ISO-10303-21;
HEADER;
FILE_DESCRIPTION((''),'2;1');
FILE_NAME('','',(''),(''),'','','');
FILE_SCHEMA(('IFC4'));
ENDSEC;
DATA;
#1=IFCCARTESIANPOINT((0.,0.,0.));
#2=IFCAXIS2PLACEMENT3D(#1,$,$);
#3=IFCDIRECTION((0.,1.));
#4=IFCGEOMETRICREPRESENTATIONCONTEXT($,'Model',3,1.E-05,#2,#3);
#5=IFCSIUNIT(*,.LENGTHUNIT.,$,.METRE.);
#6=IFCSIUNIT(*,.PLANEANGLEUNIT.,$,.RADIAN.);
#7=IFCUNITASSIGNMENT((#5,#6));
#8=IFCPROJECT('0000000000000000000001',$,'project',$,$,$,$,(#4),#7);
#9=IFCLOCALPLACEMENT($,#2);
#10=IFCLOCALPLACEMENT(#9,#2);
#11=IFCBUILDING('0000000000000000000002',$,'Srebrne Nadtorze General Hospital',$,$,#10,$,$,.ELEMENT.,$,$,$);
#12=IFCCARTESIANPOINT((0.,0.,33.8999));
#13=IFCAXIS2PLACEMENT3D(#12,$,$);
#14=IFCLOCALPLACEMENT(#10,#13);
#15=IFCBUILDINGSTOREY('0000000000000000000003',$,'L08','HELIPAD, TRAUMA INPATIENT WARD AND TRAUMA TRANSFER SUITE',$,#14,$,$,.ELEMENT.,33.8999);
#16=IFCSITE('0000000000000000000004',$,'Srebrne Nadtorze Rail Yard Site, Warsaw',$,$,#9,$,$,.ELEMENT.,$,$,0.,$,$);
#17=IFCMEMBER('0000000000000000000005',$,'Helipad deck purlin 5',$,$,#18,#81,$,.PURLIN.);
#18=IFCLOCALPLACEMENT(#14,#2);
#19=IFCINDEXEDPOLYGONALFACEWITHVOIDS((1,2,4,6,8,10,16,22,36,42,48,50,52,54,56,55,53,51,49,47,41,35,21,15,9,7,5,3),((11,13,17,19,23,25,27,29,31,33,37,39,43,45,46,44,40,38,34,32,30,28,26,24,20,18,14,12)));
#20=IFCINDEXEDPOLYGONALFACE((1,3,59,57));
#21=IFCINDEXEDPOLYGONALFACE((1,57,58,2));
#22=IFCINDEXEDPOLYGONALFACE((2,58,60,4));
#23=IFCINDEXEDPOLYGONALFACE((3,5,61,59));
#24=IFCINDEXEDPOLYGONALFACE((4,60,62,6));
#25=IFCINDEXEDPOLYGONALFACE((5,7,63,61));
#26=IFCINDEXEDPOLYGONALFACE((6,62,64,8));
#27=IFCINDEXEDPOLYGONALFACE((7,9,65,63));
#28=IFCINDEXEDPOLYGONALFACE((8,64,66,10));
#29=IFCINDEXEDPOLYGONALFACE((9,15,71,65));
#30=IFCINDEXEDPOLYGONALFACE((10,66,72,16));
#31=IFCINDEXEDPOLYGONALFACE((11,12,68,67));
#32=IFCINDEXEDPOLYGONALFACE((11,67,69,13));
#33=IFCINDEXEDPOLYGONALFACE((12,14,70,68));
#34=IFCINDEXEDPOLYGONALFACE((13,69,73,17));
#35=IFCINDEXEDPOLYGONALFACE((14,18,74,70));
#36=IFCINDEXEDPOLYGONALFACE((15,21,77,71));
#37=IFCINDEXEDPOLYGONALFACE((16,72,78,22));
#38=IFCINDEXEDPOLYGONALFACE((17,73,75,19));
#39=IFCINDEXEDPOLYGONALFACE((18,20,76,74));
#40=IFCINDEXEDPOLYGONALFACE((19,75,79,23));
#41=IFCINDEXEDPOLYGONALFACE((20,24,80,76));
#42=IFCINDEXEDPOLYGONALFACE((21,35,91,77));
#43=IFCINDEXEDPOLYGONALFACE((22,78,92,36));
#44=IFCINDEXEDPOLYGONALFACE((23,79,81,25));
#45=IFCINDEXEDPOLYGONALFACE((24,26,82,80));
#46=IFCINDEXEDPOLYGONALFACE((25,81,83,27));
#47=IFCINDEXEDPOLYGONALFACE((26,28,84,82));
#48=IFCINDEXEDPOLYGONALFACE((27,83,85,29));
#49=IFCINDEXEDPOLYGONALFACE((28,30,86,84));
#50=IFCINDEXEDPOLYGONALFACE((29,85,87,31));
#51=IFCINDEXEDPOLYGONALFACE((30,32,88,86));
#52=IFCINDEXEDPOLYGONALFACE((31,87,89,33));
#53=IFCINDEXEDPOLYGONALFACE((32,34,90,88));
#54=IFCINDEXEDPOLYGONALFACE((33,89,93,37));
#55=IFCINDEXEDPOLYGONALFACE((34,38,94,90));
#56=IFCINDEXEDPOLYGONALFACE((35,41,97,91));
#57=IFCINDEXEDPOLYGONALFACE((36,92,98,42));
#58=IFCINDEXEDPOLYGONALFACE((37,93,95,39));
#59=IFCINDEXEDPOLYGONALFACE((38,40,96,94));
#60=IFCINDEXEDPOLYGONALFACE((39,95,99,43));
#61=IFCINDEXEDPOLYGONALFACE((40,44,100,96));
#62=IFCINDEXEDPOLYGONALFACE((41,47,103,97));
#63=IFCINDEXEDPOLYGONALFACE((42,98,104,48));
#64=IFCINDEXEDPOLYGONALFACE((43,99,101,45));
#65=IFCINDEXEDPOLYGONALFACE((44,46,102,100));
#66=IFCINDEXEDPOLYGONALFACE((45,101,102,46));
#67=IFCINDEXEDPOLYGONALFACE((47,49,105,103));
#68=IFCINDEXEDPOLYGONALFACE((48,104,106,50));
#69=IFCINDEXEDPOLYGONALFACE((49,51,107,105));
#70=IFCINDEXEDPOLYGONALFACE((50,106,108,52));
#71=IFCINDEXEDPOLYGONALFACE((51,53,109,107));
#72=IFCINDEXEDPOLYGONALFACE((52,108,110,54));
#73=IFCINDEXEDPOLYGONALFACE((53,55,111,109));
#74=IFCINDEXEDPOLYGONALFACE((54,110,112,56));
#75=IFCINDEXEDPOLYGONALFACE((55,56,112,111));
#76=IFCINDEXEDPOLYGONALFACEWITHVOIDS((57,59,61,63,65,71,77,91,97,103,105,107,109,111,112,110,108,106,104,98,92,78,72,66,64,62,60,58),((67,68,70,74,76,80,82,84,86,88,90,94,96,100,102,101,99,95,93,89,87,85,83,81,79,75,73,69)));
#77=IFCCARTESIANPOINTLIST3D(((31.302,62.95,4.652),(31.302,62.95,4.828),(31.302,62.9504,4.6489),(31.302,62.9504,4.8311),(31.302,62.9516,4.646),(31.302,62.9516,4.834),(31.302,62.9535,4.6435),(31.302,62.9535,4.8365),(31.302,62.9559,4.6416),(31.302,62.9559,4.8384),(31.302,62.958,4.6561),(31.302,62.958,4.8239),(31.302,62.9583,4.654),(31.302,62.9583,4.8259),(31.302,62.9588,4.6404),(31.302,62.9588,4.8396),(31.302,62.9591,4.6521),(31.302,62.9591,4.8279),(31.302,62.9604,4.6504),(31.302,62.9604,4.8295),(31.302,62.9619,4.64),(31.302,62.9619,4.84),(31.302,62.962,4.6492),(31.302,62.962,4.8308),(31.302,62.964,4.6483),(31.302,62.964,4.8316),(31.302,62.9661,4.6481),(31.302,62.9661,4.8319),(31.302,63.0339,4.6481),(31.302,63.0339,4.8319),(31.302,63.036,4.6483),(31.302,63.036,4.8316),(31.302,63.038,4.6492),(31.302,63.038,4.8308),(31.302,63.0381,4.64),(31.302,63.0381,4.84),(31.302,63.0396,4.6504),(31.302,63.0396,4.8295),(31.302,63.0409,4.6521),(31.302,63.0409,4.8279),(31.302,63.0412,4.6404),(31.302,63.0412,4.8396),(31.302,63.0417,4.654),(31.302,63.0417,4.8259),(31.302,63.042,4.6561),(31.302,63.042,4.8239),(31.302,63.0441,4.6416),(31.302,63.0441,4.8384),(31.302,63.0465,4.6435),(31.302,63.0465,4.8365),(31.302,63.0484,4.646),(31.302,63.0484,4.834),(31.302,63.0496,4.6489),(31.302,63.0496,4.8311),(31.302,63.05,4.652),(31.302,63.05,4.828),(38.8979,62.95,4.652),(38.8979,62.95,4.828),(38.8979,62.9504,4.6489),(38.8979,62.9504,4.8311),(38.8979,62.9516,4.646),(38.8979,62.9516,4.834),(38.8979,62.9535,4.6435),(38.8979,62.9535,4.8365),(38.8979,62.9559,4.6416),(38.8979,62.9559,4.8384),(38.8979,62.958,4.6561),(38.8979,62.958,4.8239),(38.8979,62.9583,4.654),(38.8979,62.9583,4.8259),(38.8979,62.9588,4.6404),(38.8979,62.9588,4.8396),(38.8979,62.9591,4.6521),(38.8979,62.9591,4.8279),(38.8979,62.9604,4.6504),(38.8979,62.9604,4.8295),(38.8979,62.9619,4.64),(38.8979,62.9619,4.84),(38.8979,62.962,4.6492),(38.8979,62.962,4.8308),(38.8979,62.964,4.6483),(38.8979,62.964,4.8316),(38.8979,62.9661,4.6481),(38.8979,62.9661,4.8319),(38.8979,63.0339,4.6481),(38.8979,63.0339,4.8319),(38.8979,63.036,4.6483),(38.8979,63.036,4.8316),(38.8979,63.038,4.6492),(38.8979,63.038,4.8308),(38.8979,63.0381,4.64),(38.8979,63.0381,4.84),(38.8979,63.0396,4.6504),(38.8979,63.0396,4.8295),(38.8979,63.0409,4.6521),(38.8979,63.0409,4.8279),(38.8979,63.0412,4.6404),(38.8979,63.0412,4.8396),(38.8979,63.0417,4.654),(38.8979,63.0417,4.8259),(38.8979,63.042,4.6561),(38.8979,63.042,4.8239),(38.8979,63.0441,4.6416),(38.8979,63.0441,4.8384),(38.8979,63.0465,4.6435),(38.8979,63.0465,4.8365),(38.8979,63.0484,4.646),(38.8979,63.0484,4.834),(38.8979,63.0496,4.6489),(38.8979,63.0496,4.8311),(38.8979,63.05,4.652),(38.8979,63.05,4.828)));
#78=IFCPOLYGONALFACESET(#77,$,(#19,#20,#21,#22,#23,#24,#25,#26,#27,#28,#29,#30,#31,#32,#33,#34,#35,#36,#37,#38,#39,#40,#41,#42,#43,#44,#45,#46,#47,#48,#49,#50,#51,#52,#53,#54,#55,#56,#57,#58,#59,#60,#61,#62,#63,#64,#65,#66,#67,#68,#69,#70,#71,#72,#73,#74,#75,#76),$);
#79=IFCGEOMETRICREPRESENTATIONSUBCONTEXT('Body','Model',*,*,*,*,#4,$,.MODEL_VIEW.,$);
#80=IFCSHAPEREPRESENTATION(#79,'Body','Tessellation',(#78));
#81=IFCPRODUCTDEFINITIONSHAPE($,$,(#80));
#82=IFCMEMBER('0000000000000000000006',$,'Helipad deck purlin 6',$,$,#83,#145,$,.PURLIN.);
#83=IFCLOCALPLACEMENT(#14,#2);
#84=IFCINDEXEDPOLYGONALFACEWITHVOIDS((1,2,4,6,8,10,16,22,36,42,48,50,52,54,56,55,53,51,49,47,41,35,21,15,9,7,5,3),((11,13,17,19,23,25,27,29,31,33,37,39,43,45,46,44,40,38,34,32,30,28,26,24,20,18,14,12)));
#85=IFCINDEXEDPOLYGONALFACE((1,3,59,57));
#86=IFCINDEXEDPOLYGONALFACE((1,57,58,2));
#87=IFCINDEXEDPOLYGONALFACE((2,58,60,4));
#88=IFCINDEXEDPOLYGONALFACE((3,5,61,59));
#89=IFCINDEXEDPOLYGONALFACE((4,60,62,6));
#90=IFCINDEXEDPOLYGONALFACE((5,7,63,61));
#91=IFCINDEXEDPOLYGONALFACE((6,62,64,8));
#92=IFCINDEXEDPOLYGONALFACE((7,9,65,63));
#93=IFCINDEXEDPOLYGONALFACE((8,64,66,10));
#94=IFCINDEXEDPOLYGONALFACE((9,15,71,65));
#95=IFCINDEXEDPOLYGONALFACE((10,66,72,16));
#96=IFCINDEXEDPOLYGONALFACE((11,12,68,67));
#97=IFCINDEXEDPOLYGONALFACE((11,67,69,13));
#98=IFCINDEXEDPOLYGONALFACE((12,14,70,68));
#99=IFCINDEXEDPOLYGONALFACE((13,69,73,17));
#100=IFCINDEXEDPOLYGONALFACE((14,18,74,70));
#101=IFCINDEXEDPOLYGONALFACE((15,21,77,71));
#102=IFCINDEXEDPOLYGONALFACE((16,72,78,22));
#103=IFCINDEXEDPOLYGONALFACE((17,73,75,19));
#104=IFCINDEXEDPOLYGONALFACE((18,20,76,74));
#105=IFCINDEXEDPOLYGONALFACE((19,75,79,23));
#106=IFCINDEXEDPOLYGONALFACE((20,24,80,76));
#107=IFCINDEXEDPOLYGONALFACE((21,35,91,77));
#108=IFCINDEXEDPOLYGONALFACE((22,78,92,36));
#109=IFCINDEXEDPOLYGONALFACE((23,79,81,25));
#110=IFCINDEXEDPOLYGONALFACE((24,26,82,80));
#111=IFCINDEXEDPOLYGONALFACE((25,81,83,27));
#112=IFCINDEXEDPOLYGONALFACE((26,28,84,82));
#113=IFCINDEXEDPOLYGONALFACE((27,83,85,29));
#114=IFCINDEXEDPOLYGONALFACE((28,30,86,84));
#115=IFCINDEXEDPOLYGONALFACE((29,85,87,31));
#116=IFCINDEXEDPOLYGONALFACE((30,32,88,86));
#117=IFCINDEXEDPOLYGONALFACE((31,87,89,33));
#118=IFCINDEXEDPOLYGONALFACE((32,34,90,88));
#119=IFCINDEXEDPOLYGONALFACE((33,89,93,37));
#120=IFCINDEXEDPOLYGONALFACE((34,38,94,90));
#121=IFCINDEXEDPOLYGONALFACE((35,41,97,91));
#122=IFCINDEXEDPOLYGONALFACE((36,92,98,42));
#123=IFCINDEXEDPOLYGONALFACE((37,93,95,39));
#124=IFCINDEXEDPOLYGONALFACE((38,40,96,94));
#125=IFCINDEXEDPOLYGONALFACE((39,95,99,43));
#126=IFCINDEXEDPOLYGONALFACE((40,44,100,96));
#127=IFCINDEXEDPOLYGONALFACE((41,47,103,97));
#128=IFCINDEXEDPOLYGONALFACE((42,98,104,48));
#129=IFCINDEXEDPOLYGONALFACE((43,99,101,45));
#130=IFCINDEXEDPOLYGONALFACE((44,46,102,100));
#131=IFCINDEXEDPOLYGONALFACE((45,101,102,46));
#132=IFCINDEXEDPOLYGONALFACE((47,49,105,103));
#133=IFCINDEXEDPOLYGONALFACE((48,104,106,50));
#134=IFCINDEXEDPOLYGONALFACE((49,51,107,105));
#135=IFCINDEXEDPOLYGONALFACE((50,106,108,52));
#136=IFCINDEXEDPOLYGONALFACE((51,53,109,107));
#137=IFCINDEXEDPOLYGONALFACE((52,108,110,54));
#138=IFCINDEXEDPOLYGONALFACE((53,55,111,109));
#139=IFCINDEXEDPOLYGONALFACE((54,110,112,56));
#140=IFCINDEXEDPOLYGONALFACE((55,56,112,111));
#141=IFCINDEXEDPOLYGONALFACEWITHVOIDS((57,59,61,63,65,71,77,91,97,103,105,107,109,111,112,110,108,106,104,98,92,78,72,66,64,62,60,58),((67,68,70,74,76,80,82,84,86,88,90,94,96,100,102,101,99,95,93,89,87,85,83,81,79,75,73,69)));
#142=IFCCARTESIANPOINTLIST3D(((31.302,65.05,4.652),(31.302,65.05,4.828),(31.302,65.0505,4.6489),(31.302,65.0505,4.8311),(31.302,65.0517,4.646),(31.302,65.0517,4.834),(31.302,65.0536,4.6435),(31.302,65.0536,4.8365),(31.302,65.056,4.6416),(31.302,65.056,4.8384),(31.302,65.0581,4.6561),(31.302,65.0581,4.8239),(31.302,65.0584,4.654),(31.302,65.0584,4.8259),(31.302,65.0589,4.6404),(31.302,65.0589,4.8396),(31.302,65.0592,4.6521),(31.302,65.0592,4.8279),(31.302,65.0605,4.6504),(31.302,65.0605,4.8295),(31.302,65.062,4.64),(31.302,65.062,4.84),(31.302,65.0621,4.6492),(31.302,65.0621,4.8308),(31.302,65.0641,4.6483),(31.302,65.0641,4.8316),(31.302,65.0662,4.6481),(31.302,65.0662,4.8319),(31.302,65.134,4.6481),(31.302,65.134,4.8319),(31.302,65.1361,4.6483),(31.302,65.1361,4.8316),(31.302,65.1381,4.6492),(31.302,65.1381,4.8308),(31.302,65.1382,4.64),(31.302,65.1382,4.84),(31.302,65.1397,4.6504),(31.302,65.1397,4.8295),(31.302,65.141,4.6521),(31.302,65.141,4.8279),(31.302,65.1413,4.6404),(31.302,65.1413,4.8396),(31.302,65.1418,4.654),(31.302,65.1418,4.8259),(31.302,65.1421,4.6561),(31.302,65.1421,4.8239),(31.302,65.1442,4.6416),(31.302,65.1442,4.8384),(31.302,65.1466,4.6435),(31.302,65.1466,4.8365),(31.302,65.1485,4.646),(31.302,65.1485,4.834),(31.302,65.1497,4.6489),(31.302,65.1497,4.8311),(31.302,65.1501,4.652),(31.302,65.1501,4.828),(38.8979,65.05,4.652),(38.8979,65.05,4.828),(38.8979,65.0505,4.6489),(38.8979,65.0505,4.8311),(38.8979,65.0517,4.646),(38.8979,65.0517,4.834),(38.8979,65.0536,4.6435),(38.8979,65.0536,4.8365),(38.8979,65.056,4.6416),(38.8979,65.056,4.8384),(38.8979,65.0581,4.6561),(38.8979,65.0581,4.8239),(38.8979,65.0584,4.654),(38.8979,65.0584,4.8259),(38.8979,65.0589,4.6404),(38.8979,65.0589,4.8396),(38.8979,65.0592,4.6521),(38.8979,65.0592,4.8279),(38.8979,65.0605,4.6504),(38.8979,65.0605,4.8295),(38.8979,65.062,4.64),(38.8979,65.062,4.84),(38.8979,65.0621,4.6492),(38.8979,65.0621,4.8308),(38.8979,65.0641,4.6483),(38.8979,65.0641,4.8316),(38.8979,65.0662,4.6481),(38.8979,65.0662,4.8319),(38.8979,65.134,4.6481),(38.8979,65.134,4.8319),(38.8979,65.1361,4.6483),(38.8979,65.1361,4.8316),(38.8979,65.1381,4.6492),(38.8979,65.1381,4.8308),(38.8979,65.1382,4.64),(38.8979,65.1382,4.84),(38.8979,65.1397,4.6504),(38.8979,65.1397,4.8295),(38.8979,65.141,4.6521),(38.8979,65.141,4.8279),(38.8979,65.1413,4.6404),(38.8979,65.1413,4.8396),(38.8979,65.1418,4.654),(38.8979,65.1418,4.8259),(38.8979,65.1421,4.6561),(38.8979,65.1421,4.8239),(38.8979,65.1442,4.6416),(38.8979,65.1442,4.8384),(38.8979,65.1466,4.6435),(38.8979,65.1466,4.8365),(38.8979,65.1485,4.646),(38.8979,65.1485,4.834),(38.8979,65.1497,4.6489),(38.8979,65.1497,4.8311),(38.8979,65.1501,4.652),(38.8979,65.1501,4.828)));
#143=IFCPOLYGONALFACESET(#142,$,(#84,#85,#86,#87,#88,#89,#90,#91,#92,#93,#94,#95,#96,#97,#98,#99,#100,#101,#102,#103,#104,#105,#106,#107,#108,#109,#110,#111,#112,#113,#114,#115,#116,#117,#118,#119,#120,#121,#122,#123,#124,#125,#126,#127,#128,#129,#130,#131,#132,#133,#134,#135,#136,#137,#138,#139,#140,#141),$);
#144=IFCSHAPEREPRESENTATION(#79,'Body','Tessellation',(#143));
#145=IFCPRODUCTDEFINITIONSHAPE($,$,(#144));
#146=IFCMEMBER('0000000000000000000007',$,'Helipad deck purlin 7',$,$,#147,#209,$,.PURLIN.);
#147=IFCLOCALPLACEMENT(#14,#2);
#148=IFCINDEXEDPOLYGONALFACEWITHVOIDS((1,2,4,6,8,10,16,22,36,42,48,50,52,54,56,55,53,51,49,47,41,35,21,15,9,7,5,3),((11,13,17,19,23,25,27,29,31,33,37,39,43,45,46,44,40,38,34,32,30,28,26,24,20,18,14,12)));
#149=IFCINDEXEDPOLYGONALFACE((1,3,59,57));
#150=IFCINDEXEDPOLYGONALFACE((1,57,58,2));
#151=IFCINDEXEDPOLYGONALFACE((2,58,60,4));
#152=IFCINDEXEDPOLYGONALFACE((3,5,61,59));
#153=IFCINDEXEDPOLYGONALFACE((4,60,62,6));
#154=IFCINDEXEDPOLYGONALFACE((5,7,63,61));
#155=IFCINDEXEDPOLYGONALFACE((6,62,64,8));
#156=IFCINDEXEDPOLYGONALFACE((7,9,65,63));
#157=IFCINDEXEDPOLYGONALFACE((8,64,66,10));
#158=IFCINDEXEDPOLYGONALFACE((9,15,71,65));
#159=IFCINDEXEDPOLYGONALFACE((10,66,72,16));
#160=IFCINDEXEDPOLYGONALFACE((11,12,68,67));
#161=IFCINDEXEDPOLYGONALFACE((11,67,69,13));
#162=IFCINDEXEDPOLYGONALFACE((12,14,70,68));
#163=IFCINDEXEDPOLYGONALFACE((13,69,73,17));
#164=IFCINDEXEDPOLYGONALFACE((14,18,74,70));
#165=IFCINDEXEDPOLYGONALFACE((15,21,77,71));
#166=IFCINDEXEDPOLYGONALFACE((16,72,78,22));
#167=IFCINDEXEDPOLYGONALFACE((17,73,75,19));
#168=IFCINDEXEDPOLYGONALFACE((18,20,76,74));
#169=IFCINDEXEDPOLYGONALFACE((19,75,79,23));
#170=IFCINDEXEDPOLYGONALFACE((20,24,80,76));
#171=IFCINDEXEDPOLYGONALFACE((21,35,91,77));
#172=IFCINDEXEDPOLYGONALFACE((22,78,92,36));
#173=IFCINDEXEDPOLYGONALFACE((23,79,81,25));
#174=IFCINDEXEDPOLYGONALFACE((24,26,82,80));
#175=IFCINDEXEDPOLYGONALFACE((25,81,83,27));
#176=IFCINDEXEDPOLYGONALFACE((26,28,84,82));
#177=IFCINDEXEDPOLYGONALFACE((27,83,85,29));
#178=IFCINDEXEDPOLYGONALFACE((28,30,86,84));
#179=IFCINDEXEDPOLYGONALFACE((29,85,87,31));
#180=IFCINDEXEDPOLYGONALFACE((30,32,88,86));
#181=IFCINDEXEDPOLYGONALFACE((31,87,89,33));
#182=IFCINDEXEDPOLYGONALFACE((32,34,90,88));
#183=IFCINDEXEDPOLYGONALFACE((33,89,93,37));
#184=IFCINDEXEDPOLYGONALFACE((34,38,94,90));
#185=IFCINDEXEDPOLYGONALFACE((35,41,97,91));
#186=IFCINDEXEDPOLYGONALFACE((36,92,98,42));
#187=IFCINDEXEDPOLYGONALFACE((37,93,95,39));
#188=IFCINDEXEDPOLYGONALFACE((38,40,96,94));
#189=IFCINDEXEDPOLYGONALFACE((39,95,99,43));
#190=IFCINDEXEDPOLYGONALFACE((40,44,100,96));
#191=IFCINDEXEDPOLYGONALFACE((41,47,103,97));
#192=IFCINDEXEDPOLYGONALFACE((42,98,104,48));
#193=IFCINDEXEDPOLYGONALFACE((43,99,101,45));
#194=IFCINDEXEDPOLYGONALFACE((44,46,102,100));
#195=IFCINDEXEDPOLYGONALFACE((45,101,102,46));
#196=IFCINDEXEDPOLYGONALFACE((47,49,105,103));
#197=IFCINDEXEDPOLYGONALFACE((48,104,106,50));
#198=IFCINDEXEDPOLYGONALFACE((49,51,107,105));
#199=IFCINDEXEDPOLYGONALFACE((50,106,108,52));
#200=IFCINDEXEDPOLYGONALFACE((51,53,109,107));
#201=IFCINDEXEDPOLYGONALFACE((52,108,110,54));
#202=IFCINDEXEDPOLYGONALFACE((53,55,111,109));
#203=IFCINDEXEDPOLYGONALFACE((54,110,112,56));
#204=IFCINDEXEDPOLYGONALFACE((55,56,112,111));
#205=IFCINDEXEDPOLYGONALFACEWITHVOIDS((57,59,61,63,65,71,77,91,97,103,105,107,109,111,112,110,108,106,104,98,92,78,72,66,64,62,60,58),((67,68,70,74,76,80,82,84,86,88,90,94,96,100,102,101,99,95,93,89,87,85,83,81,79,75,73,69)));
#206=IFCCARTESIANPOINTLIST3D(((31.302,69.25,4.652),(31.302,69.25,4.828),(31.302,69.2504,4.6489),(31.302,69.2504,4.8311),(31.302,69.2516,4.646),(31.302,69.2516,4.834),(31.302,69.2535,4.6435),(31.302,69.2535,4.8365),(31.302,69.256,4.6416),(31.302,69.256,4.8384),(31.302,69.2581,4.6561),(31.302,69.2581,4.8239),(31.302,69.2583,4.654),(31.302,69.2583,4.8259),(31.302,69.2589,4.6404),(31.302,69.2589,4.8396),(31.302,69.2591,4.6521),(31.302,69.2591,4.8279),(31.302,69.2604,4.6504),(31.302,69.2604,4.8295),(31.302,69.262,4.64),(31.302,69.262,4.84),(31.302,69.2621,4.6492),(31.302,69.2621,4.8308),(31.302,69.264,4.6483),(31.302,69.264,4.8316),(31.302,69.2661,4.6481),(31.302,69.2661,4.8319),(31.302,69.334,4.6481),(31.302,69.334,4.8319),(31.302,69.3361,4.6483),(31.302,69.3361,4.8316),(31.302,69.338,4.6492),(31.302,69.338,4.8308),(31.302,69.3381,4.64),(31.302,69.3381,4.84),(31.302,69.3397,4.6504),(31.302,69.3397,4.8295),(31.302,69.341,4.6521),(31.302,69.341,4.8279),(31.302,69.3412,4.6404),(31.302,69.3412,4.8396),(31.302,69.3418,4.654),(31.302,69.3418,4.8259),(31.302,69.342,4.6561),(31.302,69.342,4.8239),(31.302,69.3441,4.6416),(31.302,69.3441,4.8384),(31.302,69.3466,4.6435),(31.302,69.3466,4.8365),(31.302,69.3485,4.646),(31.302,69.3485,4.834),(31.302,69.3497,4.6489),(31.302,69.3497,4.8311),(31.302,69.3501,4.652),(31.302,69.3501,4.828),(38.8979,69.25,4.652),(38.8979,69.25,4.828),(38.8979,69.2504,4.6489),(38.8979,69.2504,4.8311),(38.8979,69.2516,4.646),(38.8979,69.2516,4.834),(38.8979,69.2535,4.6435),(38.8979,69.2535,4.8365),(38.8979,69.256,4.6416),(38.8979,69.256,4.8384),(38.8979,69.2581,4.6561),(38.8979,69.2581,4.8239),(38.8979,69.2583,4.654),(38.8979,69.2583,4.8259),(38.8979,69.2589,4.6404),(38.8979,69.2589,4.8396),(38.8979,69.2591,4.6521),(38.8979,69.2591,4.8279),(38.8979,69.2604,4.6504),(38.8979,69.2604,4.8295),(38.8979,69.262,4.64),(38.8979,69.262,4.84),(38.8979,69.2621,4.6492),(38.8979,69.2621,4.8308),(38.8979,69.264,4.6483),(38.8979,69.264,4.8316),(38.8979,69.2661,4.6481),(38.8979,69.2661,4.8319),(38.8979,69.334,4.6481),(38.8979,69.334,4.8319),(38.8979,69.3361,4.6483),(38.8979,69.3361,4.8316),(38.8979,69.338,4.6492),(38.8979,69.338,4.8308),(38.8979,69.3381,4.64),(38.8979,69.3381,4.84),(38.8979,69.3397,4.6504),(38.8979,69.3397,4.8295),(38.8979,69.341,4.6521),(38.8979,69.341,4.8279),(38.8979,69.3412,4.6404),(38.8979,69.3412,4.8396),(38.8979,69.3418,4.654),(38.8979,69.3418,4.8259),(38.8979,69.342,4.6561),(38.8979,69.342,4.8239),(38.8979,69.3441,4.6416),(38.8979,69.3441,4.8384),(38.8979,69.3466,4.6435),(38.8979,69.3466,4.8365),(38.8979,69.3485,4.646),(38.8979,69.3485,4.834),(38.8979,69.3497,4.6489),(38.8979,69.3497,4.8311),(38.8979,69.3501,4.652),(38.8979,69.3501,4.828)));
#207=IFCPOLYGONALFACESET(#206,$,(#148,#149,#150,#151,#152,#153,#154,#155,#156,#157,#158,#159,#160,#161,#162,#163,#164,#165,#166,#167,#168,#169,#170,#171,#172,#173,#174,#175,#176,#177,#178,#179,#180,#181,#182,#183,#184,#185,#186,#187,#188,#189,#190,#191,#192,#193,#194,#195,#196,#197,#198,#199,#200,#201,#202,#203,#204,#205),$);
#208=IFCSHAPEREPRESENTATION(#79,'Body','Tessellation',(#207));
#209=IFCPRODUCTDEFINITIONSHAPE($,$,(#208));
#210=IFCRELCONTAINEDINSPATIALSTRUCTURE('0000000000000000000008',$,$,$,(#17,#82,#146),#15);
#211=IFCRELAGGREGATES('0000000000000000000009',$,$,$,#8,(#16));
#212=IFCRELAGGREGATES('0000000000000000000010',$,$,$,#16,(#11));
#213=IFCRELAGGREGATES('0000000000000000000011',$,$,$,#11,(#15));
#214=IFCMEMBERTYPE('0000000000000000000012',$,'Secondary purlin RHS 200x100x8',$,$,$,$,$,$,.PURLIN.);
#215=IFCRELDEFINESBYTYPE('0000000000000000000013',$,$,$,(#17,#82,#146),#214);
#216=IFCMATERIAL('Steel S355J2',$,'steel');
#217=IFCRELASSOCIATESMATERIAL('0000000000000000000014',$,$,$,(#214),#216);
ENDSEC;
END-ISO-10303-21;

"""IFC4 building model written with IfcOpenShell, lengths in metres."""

from ifc_helpers import new_model, si_unit, direction, frame, origin, origin_2d, place, context, subcontext, project, spatial, hollow_rectangle, extrude, material, material_profile, profile_set, type_object, element, save


model = new_model("IFC4")

# Units and contexts
model_context = context("Model", 3, precision=1e-05, world=origin(), true_north=direction((0.0, 1.0)))
body_context = subcontext(model_context, "Body", "Model", "MODEL_VIEW")
ifc_project = project(units=[si_unit("LENGTHUNIT", "METRE"), si_unit("PLANEANGLEUNIT", "RADIAN")], contexts=[model_context])

# Site, building, storey
site_placement = place(None, origin())
site = spatial("IfcSite", under=ifc_project, at=site_placement, Name="Srebrne Nadtorze Rail Yard Site, Warsaw", CompositionType="ELEMENT", RefElevation=0.0)
building_placement = place(site_placement, origin())
building = spatial("IfcBuilding", under=site, at=building_placement, Name="Srebrne Nadtorze General Hospital", CompositionType="ELEMENT")
storey_placement = place(building_placement, frame((0.0, 0.0, 33.8999)))
storey = spatial("IfcBuildingStorey", under=building, at=storey_placement, Name="L08", Description="HELIPAD, TRAUMA INPATIENT WARD AND TRAUMA TRANSFER SUITE", CompositionType="ELEMENT", Elevation=33.8999)

# Members
ifc_material_1 = material(Name="Steel S355J2", Category="steel")
ifc_material_profile_1 = material_profile(ifc_material_1, hollow_rectangle(XDim=0.1001, YDim=0.2, WallThickness=0.0081, InnerFilletRadius=0.0081, OuterFilletRadius=0.012, at=origin_2d()), Name="RHS-200x100x8")
ifc_profile_set_1 = profile_set([ifc_material_profile_1], Name="Steel S355J2")
member_type_1 = type_object("IfcMemberType", Name="Secondary purlin RHS 200x100x8", PredefinedType="PURLIN", material=ifc_profile_set_1)
for number, where, z_axis, x_axis, name in (
    (1, (31.302, 63.0, 4.74), (1.0, 0.0, 0.0), (0.0, 1.0, 0.0), "Helipad deck purlin 5"),
    (2, (31.302, 65.1001, 4.74), (1.0, 0.0, 0.0), (0.0, 1.0, 0.0), "Helipad deck purlin 6"),
    (3, (31.302, 69.3, 4.74), (1.0, 0.0, 0.0), (0.0, 1.0, 0.0), "Helipad deck purlin 7"),
):
    element("IfcMember", number, at=place(storey_placement, frame(where, z_axis=z_axis, x_axis=x_axis)), inside=storey, type_object=member_type_1, Name=name, PredefinedType="PURLIN", context=body_context, shape_type="SweptSolid", body=[
        extrude(hollow_rectangle(XDim=0.1001, YDim=0.2, WallThickness=0.0081, InnerFilletRadius=0.0081, OuterFilletRadius=0.012, at=origin_2d()), origin(), (0.0, 0.0, 1.0), 7.5959),
    ])

save(model, "model.ifc")
